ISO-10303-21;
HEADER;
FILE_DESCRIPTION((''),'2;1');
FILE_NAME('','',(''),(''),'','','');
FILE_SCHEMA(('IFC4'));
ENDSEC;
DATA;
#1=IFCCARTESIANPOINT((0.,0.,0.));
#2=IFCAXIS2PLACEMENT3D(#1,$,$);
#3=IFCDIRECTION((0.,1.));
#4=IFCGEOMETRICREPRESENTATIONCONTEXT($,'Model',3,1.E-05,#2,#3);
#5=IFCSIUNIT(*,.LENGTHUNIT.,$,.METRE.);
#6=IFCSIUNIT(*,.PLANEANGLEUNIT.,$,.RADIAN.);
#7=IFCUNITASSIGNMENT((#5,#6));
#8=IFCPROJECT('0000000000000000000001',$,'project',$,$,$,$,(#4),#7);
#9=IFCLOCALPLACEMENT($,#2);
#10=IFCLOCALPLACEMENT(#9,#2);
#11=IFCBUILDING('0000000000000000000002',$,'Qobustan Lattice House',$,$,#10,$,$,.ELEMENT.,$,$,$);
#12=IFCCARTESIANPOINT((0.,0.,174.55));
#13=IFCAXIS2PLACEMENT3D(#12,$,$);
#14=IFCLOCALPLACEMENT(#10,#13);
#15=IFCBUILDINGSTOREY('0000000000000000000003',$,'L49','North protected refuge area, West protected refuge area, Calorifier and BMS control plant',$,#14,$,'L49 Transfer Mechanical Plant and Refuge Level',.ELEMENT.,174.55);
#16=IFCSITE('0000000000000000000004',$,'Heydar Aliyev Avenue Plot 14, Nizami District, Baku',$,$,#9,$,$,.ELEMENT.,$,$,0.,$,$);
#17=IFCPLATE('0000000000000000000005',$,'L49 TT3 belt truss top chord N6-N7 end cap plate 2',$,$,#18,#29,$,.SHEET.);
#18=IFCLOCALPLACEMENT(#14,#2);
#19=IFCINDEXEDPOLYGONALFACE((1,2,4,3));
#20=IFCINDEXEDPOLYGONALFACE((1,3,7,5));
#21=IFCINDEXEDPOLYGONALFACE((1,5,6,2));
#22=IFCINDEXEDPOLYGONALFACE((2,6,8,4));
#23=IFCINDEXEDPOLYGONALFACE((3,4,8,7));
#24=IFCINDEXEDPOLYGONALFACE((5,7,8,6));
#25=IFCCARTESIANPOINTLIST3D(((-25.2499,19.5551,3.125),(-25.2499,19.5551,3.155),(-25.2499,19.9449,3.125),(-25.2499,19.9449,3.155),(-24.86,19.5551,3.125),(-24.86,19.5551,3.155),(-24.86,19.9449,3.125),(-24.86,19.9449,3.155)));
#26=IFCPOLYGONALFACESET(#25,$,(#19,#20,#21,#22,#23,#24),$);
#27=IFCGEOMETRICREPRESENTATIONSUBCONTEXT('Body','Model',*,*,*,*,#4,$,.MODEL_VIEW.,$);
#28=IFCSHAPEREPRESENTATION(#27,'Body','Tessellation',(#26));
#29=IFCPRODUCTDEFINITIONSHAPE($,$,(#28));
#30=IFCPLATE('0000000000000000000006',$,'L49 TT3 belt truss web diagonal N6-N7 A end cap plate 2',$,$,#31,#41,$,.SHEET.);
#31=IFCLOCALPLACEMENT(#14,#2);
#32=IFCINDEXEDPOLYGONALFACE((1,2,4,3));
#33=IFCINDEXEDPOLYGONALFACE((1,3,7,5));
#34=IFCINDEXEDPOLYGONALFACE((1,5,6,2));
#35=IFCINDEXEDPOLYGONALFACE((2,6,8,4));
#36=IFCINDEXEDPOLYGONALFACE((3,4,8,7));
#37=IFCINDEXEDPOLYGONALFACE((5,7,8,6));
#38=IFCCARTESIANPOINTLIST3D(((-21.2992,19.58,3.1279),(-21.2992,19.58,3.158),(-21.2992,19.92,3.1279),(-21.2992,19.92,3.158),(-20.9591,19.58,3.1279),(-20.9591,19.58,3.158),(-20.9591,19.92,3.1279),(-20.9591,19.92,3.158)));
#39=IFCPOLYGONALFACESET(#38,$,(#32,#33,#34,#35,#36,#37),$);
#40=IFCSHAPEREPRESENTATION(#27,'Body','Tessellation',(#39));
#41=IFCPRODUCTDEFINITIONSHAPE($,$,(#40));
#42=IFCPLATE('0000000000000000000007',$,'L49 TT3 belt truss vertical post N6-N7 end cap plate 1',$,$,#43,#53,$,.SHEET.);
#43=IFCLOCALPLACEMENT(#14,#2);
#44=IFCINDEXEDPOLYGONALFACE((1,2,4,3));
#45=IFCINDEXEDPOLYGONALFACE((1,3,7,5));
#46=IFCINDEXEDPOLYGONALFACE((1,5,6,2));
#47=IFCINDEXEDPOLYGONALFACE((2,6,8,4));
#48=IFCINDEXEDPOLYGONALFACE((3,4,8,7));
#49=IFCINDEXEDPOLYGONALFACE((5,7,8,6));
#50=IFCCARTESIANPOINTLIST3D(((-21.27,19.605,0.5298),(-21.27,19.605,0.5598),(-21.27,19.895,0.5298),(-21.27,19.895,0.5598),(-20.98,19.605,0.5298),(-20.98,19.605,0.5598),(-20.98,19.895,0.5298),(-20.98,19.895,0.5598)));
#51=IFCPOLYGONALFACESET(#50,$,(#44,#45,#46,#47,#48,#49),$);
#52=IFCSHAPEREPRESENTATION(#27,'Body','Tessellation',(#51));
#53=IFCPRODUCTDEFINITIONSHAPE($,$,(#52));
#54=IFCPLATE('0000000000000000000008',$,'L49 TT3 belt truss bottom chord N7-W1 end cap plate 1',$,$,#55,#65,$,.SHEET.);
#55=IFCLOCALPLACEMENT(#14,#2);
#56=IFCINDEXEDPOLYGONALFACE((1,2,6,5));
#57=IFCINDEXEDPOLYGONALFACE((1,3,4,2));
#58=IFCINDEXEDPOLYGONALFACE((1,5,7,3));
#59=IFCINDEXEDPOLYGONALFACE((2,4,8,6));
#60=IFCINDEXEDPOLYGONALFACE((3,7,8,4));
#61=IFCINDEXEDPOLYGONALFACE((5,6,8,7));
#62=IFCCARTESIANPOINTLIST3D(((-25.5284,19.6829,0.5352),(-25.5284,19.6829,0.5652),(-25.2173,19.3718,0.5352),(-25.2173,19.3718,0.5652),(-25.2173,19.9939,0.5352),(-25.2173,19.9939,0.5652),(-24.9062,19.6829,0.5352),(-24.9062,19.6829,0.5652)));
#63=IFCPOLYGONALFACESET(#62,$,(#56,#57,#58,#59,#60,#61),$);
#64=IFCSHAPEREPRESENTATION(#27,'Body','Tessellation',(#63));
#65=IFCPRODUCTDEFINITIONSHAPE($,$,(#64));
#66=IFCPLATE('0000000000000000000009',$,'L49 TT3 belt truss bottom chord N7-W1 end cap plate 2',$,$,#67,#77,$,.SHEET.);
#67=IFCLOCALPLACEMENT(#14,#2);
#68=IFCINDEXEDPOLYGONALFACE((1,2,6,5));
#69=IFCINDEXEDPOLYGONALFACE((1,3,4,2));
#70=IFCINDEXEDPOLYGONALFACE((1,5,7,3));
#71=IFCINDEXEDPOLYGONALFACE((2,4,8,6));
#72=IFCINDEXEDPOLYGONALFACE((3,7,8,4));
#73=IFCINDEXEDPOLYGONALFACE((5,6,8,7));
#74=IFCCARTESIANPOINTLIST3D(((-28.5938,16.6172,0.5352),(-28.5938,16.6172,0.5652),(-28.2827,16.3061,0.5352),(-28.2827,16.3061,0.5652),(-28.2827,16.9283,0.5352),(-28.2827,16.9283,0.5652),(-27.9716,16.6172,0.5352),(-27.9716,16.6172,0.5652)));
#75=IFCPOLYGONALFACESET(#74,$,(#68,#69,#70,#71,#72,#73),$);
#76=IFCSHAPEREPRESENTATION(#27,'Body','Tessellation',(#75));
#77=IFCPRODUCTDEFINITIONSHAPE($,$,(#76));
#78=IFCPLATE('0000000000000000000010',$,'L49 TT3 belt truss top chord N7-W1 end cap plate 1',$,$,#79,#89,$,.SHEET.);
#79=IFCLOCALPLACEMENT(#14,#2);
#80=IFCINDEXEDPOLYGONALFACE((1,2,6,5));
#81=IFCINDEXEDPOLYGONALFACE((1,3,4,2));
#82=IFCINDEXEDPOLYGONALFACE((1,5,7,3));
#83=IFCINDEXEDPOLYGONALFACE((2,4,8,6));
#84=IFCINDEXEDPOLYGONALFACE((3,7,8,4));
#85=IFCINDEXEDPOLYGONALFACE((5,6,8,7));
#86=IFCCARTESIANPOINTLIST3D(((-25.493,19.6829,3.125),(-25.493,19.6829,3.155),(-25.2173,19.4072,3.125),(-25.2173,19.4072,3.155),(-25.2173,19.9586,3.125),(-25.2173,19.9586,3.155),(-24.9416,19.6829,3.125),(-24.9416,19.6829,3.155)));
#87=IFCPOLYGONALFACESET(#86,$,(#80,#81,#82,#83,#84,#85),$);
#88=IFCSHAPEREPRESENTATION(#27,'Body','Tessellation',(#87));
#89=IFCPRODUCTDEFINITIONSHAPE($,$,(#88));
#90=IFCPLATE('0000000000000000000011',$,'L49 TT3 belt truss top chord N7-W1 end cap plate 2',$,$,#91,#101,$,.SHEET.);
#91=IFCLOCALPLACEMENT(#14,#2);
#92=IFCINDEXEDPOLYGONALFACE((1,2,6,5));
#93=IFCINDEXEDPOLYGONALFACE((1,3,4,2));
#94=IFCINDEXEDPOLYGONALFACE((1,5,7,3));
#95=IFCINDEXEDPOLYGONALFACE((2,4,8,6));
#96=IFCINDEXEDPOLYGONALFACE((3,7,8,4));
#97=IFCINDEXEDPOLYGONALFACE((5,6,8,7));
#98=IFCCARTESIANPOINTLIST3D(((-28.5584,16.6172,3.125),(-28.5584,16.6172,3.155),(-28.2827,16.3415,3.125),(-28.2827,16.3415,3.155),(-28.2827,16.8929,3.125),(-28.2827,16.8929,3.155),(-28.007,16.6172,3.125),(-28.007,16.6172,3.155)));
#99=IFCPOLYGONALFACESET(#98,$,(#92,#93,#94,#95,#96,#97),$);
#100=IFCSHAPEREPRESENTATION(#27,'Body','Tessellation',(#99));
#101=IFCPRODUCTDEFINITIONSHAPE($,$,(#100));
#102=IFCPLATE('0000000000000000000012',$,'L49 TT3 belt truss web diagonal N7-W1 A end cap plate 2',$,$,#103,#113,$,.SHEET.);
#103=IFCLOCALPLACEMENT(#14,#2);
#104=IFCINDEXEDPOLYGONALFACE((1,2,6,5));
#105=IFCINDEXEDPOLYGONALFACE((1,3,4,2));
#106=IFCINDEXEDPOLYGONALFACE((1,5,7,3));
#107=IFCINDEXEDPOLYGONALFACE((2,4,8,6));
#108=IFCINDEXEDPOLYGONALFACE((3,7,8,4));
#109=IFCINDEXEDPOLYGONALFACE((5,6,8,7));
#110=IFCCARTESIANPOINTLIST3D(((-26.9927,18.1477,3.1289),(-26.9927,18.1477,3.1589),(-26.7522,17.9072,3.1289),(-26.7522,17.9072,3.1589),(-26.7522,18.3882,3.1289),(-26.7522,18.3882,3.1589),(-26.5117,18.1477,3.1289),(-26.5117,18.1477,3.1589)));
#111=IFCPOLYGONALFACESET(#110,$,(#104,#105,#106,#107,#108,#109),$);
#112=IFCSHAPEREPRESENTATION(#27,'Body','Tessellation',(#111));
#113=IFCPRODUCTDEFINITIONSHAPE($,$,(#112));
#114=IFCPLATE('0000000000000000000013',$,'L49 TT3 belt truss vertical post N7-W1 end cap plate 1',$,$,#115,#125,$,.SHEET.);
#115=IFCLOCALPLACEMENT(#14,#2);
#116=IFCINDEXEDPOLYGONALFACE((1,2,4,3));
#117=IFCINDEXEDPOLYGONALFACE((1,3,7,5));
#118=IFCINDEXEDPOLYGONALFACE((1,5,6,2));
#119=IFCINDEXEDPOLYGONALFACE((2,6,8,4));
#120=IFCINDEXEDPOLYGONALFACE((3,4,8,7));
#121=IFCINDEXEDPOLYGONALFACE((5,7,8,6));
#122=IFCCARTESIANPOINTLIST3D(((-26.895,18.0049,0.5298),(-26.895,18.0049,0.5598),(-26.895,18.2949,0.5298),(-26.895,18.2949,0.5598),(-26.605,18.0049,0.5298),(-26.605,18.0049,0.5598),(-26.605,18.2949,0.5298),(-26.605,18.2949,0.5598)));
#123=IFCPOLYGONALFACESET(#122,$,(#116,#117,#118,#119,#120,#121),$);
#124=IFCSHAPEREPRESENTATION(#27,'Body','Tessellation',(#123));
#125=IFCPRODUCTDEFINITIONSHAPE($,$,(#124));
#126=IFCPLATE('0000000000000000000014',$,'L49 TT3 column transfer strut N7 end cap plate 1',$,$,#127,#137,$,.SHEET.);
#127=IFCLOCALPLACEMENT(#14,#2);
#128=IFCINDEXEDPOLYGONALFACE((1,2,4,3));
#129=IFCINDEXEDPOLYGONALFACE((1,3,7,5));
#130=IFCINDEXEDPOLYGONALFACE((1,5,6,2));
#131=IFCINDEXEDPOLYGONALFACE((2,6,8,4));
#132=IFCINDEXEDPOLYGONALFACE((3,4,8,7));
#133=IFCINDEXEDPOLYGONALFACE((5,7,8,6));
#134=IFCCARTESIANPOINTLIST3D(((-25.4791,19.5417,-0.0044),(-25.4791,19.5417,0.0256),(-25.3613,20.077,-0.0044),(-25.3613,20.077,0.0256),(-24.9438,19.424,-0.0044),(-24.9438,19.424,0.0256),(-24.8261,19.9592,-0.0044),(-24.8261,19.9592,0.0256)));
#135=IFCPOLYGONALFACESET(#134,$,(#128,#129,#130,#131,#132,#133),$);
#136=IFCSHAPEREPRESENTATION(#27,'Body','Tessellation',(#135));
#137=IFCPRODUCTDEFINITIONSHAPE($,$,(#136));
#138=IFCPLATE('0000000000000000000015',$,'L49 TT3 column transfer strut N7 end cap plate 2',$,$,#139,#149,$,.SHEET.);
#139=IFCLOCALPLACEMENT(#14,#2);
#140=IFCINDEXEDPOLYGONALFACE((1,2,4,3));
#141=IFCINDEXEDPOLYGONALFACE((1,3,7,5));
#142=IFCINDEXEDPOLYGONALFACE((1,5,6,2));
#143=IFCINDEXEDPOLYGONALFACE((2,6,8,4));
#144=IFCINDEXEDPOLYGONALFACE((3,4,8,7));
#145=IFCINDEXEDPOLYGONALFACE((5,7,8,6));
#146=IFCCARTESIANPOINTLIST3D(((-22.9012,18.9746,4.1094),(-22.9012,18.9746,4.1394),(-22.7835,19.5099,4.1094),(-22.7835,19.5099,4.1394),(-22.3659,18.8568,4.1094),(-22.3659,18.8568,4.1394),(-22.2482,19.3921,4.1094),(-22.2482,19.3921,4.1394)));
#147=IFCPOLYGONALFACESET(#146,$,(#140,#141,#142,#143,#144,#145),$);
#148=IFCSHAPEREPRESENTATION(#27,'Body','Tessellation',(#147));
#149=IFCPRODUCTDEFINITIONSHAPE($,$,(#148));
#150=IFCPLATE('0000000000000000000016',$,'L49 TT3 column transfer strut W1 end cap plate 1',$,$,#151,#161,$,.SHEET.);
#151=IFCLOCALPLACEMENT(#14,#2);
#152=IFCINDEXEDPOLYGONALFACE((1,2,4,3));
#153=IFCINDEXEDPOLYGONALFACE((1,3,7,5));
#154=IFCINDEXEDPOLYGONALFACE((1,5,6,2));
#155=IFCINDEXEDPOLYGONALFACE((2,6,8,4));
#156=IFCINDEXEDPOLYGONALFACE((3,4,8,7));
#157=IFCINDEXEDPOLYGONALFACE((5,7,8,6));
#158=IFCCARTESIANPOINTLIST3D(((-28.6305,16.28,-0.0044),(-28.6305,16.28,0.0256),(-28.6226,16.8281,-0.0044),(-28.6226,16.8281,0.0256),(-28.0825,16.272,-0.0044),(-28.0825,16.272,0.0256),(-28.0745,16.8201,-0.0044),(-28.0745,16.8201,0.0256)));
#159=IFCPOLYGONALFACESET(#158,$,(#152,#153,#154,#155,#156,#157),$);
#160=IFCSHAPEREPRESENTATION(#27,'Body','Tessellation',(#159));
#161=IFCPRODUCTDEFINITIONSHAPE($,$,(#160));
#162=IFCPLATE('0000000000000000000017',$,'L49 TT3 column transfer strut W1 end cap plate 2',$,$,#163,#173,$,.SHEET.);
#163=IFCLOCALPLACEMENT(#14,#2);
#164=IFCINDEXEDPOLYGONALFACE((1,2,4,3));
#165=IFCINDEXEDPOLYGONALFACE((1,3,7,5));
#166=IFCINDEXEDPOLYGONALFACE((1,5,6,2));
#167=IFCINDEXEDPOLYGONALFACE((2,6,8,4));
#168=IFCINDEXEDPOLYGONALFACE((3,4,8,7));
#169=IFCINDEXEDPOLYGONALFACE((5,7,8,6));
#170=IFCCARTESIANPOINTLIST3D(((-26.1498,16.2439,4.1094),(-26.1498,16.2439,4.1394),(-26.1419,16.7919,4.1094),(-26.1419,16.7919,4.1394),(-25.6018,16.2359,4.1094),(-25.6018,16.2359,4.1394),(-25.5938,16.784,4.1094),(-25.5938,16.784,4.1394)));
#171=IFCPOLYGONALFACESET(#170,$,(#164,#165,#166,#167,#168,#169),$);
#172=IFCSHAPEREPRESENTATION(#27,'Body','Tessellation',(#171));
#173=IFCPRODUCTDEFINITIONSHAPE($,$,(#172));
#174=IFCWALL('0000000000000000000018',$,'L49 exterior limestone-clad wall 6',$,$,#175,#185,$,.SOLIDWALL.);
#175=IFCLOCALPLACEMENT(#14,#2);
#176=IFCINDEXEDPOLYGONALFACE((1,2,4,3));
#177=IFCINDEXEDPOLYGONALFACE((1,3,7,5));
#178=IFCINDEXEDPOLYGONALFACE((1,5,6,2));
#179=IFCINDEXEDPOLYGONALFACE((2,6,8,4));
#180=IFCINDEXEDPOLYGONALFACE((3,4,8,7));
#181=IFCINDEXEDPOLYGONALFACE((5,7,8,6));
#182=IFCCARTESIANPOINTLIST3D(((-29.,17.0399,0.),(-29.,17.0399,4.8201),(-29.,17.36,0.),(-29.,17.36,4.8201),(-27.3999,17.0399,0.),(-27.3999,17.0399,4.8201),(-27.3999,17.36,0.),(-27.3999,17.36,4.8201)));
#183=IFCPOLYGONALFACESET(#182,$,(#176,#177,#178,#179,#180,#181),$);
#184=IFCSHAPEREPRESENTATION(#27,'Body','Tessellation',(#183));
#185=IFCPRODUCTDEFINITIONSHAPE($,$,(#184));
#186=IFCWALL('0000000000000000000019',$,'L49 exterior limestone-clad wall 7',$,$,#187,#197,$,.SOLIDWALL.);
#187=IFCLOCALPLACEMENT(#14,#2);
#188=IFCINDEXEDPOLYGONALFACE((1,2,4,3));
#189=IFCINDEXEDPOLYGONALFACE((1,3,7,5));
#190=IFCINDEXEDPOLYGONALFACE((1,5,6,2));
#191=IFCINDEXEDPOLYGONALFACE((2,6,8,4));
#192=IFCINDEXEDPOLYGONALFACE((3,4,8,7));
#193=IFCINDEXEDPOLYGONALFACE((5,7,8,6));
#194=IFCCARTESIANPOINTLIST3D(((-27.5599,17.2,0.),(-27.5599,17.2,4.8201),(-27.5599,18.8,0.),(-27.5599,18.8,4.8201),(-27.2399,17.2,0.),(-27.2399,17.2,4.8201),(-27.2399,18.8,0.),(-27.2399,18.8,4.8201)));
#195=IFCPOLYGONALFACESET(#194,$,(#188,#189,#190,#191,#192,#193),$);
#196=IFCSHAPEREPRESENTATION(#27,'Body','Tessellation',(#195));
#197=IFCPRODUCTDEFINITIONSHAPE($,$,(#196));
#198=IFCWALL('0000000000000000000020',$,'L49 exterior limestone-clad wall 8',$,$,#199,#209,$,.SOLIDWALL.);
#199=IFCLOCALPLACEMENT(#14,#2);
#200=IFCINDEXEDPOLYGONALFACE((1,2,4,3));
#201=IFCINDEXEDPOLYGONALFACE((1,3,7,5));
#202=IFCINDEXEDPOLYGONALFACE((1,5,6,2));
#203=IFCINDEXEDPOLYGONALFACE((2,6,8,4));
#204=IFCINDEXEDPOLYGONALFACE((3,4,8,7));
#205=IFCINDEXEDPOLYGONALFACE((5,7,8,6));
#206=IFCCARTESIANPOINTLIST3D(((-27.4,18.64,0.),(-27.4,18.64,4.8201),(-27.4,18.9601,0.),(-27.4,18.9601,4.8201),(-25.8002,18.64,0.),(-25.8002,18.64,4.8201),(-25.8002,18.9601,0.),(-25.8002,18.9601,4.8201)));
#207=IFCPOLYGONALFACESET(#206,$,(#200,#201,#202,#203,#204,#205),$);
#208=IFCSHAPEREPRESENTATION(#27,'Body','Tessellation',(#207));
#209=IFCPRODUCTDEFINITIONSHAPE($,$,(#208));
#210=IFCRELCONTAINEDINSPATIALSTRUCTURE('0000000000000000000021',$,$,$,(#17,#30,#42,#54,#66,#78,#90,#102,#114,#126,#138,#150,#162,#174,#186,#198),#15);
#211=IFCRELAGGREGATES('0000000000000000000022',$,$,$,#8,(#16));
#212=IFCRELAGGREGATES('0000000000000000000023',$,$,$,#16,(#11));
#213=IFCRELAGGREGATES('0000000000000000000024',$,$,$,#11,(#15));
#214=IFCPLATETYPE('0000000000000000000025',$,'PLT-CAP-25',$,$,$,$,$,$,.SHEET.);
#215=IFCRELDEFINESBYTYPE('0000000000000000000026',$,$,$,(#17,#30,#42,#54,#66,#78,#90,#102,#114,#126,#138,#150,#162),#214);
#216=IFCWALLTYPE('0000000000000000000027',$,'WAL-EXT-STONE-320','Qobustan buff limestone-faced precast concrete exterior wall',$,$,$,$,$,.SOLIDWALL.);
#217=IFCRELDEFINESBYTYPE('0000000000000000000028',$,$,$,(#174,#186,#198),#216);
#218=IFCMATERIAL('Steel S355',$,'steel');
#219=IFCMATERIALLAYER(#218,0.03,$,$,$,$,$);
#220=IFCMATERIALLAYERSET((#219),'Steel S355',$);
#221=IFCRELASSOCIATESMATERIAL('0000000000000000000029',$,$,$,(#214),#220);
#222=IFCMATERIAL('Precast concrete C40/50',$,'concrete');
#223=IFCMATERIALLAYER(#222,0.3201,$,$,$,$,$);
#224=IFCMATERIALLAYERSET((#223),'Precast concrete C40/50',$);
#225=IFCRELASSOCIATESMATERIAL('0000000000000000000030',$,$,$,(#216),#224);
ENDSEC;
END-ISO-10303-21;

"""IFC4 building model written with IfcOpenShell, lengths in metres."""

from ifc_helpers import new_model, si_unit, direction, frame, frame_2d, origin, origin_2d, place, context, subcontext, project, spatial, rectangle, extrude, material, layer, layer_set, type_object, element, save


model = new_model("IFC4")

# Units and contexts
model_context = context("Model", 3, precision=1e-05, world=origin(), true_north=direction((0.0, 1.0)))
body_context = subcontext(model_context, "Body", "Model", "MODEL_VIEW")
ifc_project = project(units=[si_unit("LENGTHUNIT", "METRE"), si_unit("PLANEANGLEUNIT", "RADIAN")], contexts=[model_context])

# Site, building, storey
site_placement = place(None, origin())
site = spatial("IfcSite", under=ifc_project, at=site_placement, Name="Heydar Aliyev Avenue Plot 14, Nizami District, Baku", CompositionType="ELEMENT", RefElevation=0.0)
building_placement = place(site_placement, origin())
building = spatial("IfcBuilding", under=site, at=building_placement, Name="Qobustan Lattice House", CompositionType="ELEMENT")
storey_placement = place(building_placement, frame((0.0, 0.0, 174.55)))
storey = spatial("IfcBuildingStorey", under=building, at=storey_placement, Name="L49", Description="North protected refuge area, West protected refuge area, Calorifier and BMS control plant", LongName="L49 Transfer Mechanical Plant and Refuge Level", CompositionType="ELEMENT", Elevation=174.55)

# Plates
ifc_material_1 = material(Name="Steel S355", Category="steel")
ifc_layer_1 = layer(ifc_material_1, 0.03)
ifc_layer_set_1 = layer_set([ifc_layer_1], Name="Steel S355")
plate_type = type_object("IfcPlateType", Name="PLT-CAP-25", PredefinedType="SHEET", material=ifc_layer_set_1)
plate_1_placement = place(storey_placement, frame((-25.0549, 19.75, 3.125), z_axis=(0.0, 0.0, 1.0), x_axis=(-1.0, 0.0, 0.0)))
element("IfcPlate", 1, at=plate_1_placement, inside=storey, type_object=plate_type, Name="L49 TT3 belt truss top chord N6-N7 end cap plate 2", PredefinedType="SHEET", context=body_context, shape_type="SweptSolid", body=[
    extrude(rectangle(XDim=0.3899, YDim=0.3899, at=origin_2d()), origin(), (0.0, 0.0, 1.0), 0.03),
])
plate_2_placement = place(storey_placement, frame((-21.1292, 19.75, 3.1279), z_axis=(0.0, 0.0, 1.0), x_axis=(-1.0, 0.0, 0.0)))
element("IfcPlate", 2, at=plate_2_placement, inside=storey, type_object=plate_type, Name="L49 TT3 belt truss web diagonal N6-N7 A end cap plate 2", PredefinedType="SHEET", context=body_context, shape_type="SweptSolid", body=[
    extrude(rectangle(XDim=0.3401, YDim=0.3401, at=origin_2d()), origin(), (0.0, 0.0, 1.0), 0.03),
])
plate_3_placement = place(storey_placement, frame((-21.125, 19.75, 0.5298), z_axis=(0.0, 0.0, 1.0), x_axis=(1.0, 0.0, 0.0)))
element("IfcPlate", 3, at=plate_3_placement, inside=storey, type_object=plate_type, Name="L49 TT3 belt truss vertical post N6-N7 end cap plate 1", PredefinedType="SHEET", context=body_context, shape_type="SweptSolid", body=[
    extrude(rectangle(XDim=0.29, YDim=0.29, at=origin_2d()), origin(), (0.0, 0.0, 1.0), 0.03),
])
for number, where, z_axis, x_axis, name in (
    (4, (-25.2173, 19.6829, 0.5352), (0.0, 0.0, 1.0), (-0.707107, -0.707107, 0.0), "L49 TT3 belt truss bottom chord N7-W1 end cap plate 1"),
    (5, (-28.2827, 16.6172, 0.5352), (0.0, 0.0, 1.0), (-0.707107, -0.707107, 0.0), "L49 TT3 belt truss bottom chord N7-W1 end cap plate 2"),
):
    element("IfcPlate", number, at=place(storey_placement, frame(where, z_axis=z_axis, x_axis=x_axis)), inside=storey, type_object=plate_type, Name=name, PredefinedType="SHEET", context=body_context, shape_type="SweptSolid", body=[
        extrude(rectangle(XDim=0.4399, YDim=0.4399, at=origin_2d()), origin(), (0.0, 0.0, 1.0), 0.03),
    ])
for number, where, z_axis, x_axis, name in (
    (6, (-25.2173, 19.6829, 3.125), (0.0, 0.0, 1.0), (-0.707107, -0.707107, 0.0), "L49 TT3 belt truss top chord N7-W1 end cap plate 1"),
    (7, (-28.2827, 16.6172, 3.125), (0.0, 0.0, 1.0), (-0.707107, -0.707107, 0.0), "L49 TT3 belt truss top chord N7-W1 end cap plate 2"),
):
    element("IfcPlate", number, at=place(storey_placement, frame(where, z_axis=z_axis, x_axis=x_axis)), inside=storey, type_object=plate_type, Name=name, PredefinedType="SHEET", context=body_context, shape_type="SweptSolid", body=[
        extrude(rectangle(XDim=0.3899, YDim=0.3899, at=origin_2d()), origin(), (0.0, 0.0, 1.0), 0.03),
    ])
plate_4_placement = place(storey_placement, frame((-26.7522, 18.1477, 3.1289), z_axis=(0.0, 0.0, 1.0), x_axis=(-0.707107, -0.707107, 0.0)))
element("IfcPlate", 8, at=plate_4_placement, inside=storey, type_object=plate_type, Name="L49 TT3 belt truss web diagonal N7-W1 A end cap plate 2", PredefinedType="SHEET", context=body_context, shape_type="SweptSolid", body=[
    extrude(rectangle(XDim=0.3401, YDim=0.3401, at=origin_2d()), origin(), (0.0, 0.0, 1.0), 0.03),
])
plate_5_placement = place(storey_placement, frame((-26.75, 18.1499, 0.5298), z_axis=(0.0, 0.0, 1.0), x_axis=(1.0, 0.0, 0.0)))
element("IfcPlate", 9, at=plate_5_placement, inside=storey, type_object=plate_type, Name="L49 TT3 belt truss vertical post N7-W1 end cap plate 1", PredefinedType="SHEET", context=body_context, shape_type="SweptSolid", body=[
    extrude(rectangle(XDim=0.29, YDim=0.29, at=origin_2d()), origin(), (0.0, 0.0, 1.0), 0.03),
])
for number, where, z_axis, x_axis, name in (
    (10, (-25.1526, 19.7505, -0.0044), (0.0, 0.0, 1.0), (0.976642, -0.214872, 0.0), "L49 TT3 column transfer strut N7 end cap plate 1"),
    (11, (-22.5747, 19.1833, 4.1094), (0.0, 0.0, 1.0), (0.976642, -0.214872, 0.0), "L49 TT3 column transfer strut N7 end cap plate 2"),
    (12, (-28.3525, 16.55, -0.0044), (0.0, 0.0, 1.0), (0.999894, -0.014538, 0.0), "L49 TT3 column transfer strut W1 end cap plate 1"),
    (13, (-25.8718, 16.5139, 4.1094), (0.0, 0.0, 1.0), (0.999894, -0.014538, 0.0), "L49 TT3 column transfer strut W1 end cap plate 2"),
):
    element("IfcPlate", number, at=place(storey_placement, frame(where, z_axis=z_axis, x_axis=x_axis)), inside=storey, type_object=plate_type, Name=name, PredefinedType="SHEET", context=body_context, shape_type="SweptSolid", body=[
        extrude(rectangle(XDim=0.5481, YDim=0.5481, at=origin_2d()), origin(), (0.0, 0.0, 1.0), 0.03),
    ])

# Walls
ifc_material_2 = material(Name="Precast concrete C40/50", Category="concrete")
ifc_layer_2 = layer(ifc_material_2, 0.3201)
ifc_layer_set_2 = layer_set([ifc_layer_2], Name="Precast concrete C40/50")
wall_type_1 = type_object("IfcWallType", Name="WAL-EXT-STONE-320", Description="Qobustan buff limestone-faced precast concrete exterior wall", PredefinedType="SOLIDWALL", material=ifc_layer_set_2)
for number, where, z_axis, x_axis, name in (
    (14, (-29.0, 17.2, 0.0), (0.0, 0.0, 1.0), (1.0, 0.0, 0.0), "L49 exterior limestone-clad wall 6"),
    (15, (-27.3999, 17.2, 0.0), (0.0, 0.0, 1.0), (0.0, 1.0, 0.0), "L49 exterior limestone-clad wall 7"),
):
    element("IfcWall", number, at=place(storey_placement, frame(where, z_axis=z_axis, x_axis=x_axis)), inside=storey, type_object=wall_type_1, Name=name, PredefinedType="SOLIDWALL", context=body_context, shape_type="SweptSolid", body=[
        extrude(rectangle(XDim=1.6001, YDim=0.3201, at=frame_2d((0.8, 0.0))), origin(), (0.0, 0.0, 1.0), 4.8201),
    ])
for number, where, z_axis, x_axis, name in (
    (16, (-27.3999, 18.8, 0.0), (0.0, 0.0, 1.0), (1.0, 0.0, 0.0), "L49 exterior limestone-clad wall 8"),
):
    element("IfcWall", number, at=place(storey_placement, frame(where, z_axis=z_axis, x_axis=x_axis)), inside=storey, type_object=wall_type_1, Name=name, PredefinedType="SOLIDWALL", context=body_context, shape_type="SweptSolid", body=[
        extrude(rectangle(XDim=1.5999, YDim=0.3201, at=frame_2d((0.7998, 0.0))), origin(), (0.0, 0.0, 1.0), 4.8201),
    ])

save(model, "model.ifc")
